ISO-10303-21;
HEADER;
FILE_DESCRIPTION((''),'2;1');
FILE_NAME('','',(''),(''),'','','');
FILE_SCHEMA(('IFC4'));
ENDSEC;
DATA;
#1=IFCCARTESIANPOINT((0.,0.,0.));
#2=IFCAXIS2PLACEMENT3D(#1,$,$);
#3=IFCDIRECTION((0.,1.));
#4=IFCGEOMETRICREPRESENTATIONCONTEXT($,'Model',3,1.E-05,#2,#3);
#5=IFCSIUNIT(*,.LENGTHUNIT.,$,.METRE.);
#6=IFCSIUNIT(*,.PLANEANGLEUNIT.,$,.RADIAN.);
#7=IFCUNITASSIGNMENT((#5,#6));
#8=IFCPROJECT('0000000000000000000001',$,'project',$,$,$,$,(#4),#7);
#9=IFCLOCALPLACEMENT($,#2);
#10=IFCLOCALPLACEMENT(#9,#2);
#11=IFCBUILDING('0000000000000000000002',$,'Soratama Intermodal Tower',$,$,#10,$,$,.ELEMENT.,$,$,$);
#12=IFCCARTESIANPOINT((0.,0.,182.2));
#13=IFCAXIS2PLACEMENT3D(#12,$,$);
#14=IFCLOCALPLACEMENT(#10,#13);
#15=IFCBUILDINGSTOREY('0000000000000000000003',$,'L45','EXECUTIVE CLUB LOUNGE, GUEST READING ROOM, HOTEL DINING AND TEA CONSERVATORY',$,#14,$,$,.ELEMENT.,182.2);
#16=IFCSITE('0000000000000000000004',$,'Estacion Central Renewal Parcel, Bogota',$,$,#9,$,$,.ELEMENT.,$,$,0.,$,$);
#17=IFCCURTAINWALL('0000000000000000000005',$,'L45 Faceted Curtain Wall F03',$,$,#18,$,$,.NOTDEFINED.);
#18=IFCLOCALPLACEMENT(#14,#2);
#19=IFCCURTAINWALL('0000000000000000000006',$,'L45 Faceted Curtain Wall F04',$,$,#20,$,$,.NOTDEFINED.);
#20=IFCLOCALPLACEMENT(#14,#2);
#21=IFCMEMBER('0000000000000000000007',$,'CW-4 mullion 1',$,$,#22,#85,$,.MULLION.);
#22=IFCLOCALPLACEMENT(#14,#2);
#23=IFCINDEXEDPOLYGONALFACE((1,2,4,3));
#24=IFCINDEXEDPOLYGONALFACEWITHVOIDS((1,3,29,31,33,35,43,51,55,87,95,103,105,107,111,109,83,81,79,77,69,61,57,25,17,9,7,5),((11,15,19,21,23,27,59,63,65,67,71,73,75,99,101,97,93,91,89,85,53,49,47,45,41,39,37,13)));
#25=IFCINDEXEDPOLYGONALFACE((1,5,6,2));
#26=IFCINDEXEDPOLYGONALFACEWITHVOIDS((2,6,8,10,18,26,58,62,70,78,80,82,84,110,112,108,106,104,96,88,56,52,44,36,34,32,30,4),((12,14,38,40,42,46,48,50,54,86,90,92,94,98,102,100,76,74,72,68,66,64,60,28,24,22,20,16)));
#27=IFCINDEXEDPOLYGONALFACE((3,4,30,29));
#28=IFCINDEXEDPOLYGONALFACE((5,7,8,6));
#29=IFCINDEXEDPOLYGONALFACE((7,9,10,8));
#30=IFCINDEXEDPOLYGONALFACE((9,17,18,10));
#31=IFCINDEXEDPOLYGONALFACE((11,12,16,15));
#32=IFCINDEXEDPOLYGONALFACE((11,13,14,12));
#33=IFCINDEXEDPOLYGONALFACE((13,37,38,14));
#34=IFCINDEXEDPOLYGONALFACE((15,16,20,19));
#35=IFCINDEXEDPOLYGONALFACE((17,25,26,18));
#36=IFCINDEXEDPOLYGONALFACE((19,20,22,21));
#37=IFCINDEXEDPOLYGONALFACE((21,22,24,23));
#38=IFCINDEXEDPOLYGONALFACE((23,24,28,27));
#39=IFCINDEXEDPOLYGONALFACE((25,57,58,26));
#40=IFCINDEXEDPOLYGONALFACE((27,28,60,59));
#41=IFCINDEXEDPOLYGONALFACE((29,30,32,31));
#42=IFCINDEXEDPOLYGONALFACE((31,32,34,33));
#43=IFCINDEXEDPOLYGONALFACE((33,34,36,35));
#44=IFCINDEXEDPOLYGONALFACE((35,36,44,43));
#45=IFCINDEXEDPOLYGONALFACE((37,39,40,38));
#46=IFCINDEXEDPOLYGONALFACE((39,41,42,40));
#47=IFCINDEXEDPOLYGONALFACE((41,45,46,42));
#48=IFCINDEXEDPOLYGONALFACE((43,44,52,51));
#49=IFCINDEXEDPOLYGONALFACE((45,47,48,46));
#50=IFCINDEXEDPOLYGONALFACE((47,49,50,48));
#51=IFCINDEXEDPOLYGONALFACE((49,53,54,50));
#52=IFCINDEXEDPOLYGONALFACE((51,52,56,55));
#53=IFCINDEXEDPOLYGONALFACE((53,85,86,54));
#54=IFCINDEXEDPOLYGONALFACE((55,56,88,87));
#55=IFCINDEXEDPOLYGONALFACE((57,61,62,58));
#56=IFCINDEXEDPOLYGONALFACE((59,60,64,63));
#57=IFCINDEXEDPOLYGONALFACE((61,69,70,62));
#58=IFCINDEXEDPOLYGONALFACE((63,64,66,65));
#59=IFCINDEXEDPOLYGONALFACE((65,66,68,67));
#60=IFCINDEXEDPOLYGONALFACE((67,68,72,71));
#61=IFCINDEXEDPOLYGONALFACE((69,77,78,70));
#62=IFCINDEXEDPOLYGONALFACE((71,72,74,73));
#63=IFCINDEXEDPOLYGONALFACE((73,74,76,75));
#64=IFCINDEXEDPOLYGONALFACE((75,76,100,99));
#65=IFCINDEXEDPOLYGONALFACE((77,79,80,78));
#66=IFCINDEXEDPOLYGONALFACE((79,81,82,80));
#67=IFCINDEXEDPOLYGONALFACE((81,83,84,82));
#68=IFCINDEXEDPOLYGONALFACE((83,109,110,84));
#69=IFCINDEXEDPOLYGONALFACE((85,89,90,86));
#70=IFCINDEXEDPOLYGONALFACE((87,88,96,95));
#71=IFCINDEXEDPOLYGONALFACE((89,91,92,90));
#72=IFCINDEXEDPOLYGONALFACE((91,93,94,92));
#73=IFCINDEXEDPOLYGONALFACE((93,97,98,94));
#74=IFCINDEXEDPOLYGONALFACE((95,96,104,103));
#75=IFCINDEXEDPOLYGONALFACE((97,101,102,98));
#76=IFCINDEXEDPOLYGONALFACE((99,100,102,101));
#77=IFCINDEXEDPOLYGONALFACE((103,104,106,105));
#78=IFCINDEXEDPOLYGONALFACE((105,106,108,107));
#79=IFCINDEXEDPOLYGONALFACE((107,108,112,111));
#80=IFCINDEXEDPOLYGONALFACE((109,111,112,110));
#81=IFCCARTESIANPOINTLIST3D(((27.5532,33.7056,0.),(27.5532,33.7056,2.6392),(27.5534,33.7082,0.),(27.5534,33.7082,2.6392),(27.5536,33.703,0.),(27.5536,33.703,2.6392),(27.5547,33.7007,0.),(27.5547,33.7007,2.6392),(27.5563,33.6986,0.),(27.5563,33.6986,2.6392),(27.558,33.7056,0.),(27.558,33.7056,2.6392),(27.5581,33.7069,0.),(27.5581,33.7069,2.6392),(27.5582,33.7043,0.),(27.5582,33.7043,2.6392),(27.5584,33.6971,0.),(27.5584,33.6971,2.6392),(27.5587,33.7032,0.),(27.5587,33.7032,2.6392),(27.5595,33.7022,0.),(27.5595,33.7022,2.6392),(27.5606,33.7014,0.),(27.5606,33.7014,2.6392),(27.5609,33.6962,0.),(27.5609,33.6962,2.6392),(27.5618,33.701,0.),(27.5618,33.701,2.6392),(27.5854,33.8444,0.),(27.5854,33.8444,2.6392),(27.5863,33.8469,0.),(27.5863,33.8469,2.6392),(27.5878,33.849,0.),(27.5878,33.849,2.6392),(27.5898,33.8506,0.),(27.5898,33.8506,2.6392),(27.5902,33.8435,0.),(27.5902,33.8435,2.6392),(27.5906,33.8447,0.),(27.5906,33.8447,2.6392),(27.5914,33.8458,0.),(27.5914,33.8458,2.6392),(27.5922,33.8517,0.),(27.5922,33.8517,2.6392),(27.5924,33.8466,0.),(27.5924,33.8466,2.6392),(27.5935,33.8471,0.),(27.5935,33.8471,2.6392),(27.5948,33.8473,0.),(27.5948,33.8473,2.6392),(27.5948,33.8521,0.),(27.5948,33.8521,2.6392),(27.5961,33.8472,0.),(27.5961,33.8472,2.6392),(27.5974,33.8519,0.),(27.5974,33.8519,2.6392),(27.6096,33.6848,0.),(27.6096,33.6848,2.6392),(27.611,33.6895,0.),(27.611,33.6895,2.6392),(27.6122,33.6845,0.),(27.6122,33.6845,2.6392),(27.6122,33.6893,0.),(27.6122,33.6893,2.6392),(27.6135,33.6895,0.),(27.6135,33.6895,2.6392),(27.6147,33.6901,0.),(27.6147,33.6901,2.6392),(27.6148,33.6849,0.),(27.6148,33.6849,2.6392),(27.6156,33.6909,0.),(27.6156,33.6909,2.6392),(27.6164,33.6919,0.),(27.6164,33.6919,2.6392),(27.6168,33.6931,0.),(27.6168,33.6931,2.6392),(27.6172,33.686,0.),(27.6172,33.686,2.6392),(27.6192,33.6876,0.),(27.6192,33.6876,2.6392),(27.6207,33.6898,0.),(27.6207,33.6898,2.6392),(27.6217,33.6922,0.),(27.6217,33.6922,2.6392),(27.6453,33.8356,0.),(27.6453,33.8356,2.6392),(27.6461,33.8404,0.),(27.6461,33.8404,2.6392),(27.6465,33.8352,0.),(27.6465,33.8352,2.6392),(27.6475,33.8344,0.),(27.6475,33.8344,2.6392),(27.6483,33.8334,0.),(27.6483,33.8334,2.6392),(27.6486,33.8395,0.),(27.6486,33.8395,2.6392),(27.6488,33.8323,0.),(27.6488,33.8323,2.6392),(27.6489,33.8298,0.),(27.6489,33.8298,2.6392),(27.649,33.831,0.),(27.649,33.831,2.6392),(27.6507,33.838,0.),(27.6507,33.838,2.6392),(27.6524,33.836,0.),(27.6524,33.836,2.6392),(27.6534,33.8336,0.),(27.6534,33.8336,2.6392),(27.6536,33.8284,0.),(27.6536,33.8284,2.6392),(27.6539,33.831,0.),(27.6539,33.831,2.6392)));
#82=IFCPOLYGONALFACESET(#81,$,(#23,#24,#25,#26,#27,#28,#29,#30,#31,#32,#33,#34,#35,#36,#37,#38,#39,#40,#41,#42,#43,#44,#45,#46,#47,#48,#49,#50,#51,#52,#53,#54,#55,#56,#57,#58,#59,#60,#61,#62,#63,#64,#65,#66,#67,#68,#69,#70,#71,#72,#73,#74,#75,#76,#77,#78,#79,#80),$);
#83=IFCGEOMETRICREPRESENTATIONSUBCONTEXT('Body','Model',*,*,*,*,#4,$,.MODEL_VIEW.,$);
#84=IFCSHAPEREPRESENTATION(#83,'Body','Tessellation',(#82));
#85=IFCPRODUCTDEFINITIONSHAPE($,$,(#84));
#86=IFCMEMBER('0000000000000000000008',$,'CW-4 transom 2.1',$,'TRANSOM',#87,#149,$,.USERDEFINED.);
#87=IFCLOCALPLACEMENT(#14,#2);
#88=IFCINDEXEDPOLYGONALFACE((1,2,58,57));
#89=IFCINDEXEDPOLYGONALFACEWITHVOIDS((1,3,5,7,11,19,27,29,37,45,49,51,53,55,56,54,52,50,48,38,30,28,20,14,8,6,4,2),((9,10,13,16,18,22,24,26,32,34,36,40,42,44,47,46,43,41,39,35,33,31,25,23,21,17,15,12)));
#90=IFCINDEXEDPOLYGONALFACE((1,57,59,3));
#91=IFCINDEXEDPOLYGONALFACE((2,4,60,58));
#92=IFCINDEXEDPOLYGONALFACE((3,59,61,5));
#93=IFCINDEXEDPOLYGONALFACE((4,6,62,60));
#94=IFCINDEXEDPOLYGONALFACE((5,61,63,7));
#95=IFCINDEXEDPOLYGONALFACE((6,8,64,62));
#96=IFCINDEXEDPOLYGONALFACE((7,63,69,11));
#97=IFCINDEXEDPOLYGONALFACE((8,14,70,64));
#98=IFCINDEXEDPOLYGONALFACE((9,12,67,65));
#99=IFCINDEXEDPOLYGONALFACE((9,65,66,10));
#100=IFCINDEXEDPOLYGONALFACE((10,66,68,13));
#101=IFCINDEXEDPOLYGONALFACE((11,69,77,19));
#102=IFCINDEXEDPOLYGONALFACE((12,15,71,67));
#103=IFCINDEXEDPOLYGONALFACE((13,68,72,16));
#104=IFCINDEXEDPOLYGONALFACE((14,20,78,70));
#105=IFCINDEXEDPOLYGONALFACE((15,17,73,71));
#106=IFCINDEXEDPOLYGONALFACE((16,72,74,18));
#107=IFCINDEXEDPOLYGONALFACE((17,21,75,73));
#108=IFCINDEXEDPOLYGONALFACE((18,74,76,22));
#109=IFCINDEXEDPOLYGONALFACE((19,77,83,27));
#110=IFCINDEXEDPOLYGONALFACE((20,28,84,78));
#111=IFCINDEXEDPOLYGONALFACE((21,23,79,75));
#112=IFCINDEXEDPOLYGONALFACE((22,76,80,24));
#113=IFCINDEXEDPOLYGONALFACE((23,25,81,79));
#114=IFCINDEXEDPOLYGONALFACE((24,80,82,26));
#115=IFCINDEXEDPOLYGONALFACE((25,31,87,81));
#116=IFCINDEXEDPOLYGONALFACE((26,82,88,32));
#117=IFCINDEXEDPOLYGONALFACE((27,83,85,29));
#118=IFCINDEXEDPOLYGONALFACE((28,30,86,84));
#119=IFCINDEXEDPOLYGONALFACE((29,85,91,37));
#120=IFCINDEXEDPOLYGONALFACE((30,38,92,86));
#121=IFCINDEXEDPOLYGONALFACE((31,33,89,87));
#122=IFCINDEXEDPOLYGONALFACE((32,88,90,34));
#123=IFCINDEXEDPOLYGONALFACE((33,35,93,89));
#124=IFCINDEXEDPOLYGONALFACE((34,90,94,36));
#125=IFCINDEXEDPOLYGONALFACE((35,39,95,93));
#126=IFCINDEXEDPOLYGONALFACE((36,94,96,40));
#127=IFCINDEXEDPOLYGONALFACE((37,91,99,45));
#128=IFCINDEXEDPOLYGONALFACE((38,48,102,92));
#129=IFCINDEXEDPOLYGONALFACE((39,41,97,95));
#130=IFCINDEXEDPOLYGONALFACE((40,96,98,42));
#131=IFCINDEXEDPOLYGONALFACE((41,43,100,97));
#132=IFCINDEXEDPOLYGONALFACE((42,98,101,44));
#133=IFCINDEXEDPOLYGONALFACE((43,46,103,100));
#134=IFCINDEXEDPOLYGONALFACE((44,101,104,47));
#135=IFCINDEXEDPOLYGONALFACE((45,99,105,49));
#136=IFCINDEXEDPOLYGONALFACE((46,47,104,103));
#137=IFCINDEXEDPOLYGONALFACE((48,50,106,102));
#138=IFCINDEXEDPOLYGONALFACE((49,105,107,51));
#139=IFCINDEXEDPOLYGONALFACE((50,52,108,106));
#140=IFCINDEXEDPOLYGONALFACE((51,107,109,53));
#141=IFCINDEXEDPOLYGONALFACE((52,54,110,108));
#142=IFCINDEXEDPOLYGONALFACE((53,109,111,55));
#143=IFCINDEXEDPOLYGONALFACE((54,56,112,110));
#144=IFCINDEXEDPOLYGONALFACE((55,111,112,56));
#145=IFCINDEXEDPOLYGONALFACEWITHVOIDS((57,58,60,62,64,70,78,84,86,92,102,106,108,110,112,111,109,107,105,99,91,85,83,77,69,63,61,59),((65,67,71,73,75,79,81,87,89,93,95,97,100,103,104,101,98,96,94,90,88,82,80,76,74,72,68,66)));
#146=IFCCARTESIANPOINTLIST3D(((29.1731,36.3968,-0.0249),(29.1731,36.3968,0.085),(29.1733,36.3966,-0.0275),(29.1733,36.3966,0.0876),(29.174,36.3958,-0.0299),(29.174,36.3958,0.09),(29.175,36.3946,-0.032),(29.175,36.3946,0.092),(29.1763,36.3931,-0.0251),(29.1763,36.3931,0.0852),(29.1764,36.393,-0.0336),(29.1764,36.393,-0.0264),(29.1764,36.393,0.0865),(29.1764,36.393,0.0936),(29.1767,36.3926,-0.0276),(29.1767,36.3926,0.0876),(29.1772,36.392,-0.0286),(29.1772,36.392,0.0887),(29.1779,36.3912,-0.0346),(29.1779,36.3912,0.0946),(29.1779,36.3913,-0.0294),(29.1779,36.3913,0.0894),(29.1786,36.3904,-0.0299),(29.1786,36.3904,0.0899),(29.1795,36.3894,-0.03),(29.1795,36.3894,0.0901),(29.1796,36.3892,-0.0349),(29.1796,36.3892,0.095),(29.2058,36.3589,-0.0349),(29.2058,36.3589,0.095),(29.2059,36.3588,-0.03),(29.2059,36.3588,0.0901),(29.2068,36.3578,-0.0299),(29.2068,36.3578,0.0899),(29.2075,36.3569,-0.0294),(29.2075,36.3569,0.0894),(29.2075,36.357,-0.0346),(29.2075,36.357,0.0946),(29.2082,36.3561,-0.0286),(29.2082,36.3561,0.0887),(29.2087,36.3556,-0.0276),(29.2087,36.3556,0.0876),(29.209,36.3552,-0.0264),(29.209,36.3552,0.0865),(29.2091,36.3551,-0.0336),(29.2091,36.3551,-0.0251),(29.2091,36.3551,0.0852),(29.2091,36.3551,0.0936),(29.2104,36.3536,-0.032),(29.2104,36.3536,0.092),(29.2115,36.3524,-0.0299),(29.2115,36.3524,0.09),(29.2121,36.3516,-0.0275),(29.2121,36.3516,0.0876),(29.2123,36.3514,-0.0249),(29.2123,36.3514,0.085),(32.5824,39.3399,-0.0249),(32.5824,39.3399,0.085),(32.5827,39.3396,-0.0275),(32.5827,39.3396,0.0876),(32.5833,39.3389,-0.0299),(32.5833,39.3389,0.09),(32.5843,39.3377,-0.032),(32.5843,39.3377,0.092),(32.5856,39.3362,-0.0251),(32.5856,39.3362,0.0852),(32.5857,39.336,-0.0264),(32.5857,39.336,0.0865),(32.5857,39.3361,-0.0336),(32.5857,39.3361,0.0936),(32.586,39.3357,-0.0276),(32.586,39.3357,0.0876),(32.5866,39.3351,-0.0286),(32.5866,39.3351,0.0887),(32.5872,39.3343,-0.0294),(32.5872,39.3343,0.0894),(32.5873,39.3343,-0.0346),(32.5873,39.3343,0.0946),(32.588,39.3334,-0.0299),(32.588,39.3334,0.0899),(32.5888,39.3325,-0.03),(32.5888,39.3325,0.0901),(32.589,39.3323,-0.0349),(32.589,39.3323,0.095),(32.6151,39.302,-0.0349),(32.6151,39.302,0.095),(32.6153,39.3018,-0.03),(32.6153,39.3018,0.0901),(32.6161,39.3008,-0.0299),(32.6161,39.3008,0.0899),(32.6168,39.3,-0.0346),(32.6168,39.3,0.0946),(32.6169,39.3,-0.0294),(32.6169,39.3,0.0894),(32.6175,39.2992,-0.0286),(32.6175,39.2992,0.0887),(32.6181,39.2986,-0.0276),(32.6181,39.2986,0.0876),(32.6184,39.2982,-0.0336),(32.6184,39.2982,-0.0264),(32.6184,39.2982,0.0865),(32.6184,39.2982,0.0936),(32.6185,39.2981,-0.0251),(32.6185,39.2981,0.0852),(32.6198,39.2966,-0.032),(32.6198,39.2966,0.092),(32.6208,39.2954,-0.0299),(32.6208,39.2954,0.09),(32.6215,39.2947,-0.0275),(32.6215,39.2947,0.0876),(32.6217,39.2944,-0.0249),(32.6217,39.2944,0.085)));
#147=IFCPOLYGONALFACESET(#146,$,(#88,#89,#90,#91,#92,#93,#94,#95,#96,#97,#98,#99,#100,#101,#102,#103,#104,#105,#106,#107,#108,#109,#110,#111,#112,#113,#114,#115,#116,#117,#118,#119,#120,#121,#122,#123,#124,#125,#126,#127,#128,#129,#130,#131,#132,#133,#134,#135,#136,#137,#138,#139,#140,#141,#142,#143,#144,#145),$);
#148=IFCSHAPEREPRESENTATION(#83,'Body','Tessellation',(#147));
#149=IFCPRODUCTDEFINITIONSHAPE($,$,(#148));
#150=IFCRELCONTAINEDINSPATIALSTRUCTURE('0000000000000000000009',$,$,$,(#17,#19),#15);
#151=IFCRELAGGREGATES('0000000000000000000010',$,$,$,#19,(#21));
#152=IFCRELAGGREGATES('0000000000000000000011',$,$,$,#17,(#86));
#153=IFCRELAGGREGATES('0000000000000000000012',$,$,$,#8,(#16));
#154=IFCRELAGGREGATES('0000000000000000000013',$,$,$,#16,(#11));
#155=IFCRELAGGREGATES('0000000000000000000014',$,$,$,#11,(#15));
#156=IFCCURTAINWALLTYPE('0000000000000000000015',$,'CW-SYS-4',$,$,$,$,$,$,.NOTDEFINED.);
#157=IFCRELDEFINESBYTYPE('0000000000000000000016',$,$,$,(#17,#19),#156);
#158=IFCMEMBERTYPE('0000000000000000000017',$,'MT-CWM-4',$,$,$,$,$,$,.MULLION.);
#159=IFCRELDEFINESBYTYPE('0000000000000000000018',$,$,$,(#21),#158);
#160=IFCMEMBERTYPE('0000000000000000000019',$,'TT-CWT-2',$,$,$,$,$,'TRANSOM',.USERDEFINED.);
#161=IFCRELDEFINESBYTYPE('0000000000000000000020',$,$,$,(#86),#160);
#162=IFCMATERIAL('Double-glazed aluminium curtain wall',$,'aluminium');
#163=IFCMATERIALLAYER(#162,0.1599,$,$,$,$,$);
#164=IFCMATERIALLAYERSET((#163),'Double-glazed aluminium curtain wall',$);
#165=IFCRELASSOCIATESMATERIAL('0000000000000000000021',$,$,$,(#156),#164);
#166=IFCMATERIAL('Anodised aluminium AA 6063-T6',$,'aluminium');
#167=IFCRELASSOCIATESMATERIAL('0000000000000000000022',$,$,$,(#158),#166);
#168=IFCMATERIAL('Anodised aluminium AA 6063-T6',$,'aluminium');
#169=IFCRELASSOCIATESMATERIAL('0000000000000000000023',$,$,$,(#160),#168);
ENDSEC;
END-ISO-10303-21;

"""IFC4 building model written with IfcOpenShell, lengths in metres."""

from ifc_helpers import new_model, si_unit, direction, frame, origin, origin_2d, place, context, subcontext, project, spatial, hollow_rectangle, extrude, material, layer, layer_set, material_profile, profile_set, type_object, element, aggregate, save


model = new_model("IFC4")

# Units and contexts
model_context = context("Model", 3, precision=1e-05, world=origin(), true_north=direction((0.0, 1.0)))
body_context = subcontext(model_context, "Body", "Model", "MODEL_VIEW")
ifc_project = project(units=[si_unit("LENGTHUNIT", "METRE"), si_unit("PLANEANGLEUNIT", "RADIAN")], contexts=[model_context])

# Site, building, storey
site_placement = place(None, origin())
site = spatial("IfcSite", under=ifc_project, at=site_placement, Name="Estacion Central Renewal Parcel, Bogota", CompositionType="ELEMENT", RefElevation=0.0)
building_placement = place(site_placement, origin())
building = spatial("IfcBuilding", under=site, at=building_placement, Name="Soratama Intermodal Tower", CompositionType="ELEMENT")
storey_placement = place(building_placement, frame((0.0, 0.0, 182.2)))
storey = spatial("IfcBuildingStorey", under=building, at=storey_placement, Name="L45", Description="EXECUTIVE CLUB LOUNGE, GUEST READING ROOM, HOTEL DINING AND TEA CONSERVATORY", CompositionType="ELEMENT", Elevation=182.2)

# Curtain wall
ifc_material_1 = material(Name="Double-glazed aluminium curtain wall", Category="aluminium")
ifc_layer_1 = layer(ifc_material_1, 0.1599)
ifc_layer_set_1 = layer_set([ifc_layer_1], Name="Double-glazed aluminium curtain wall")
curtain_wall_type = type_object("IfcCurtainWallType", Name="CW-SYS-4", PredefinedType="NOTDEFINED", material=ifc_layer_set_1)
curtain_wall_1_placement = place(storey_placement, origin())
curtain_wall_1 = element("IfcCurtainWall", 1, at=curtain_wall_1_placement, inside=storey, type_object=curtain_wall_type, Name="L45 Faceted Curtain Wall F03", PredefinedType="NOTDEFINED")
ifc_material_2 = material(Name="Anodised aluminium AA 6063-T6", Category="aluminium")
ifc_material_profile_1 = material_profile(ifc_material_2, hollow_rectangle(XDim=0.0701, YDim=0.1599, WallThickness=0.0049, InnerFilletRadius=0.0049, OuterFilletRadius=0.01, at=origin_2d()), Name="CWM160X70X5")
ifc_profile_set_1 = profile_set([ifc_material_profile_1], Name="Anodised aluminium AA 6063-T6")
member_type_1 = type_object("IfcMemberType", Name="MT-CWM-4", PredefinedType="MULLION", material=ifc_profile_set_1)

# Curtain wall, member
curtain_wall_2_placement = place(storey_placement, origin())
curtain_wall_2 = element("IfcCurtainWall", 2, at=curtain_wall_2_placement, inside=storey, type_object=curtain_wall_type, Name="L45 Faceted Curtain Wall F04", PredefinedType="NOTDEFINED")
member_1_placement = place(storey_placement, frame((27.6035, 33.7683, 0.0), z_axis=(0.0, 0.0, 1.0), x_axis=(0.973579, -0.228351, 0.0)))
member_1 = element("IfcMember", 3, at=member_1_placement, type_object=member_type_1, Name="CW-4 mullion 1", PredefinedType="MULLION", context=body_context, shape_type="SweptSolid", body=[
    extrude(hollow_rectangle(XDim=0.0701, YDim=0.1599, WallThickness=0.0049, InnerFilletRadius=0.0049, OuterFilletRadius=0.01, at=origin_2d()), origin(), (0.0, 0.0, 1.0), 2.6392),
])

# Member
ifc_material_3 = material(Name="Anodised aluminium AA 6063-T6", Category="aluminium")
ifc_material_profile_2 = material_profile(ifc_material_3, hollow_rectangle(XDim=0.0601, YDim=0.1299, WallThickness=0.0049, InnerFilletRadius=0.0049, OuterFilletRadius=0.01, at=origin_2d()), Name="CWT130X60X5")
ifc_profile_set_2 = profile_set([ifc_material_profile_2], Name="Anodised aluminium AA 6063-T6")
member_type_2 = type_object("IfcMemberType", Name="TT-CWT-2", ElementType="TRANSOM", PredefinedType="USERDEFINED", material=ifc_profile_set_2)
member_2_placement = place(storey_placement, frame((32.6021, 39.3171, 0.03), z_axis=(-0.756975, -0.653443, 0.0), x_axis=(0.653443, -0.756975, 0.0)))
member_2 = element("IfcMember", 4, at=member_2_placement, type_object=member_type_2, Name="CW-4 transom 2.1", ObjectType="TRANSOM", PredefinedType="USERDEFINED", context=body_context, shape_type="SweptSolid", body=[
    extrude(hollow_rectangle(XDim=0.0601, YDim=0.1299, WallThickness=0.0049, InnerFilletRadius=0.0049, OuterFilletRadius=0.01, at=origin_2d()), origin(), (0.0, 0.0, 1.0), 4.5039),
])
aggregate(curtain_wall_2, [member_1])

aggregate(curtain_wall_1, [member_2])

save(model, "model.ifc")
